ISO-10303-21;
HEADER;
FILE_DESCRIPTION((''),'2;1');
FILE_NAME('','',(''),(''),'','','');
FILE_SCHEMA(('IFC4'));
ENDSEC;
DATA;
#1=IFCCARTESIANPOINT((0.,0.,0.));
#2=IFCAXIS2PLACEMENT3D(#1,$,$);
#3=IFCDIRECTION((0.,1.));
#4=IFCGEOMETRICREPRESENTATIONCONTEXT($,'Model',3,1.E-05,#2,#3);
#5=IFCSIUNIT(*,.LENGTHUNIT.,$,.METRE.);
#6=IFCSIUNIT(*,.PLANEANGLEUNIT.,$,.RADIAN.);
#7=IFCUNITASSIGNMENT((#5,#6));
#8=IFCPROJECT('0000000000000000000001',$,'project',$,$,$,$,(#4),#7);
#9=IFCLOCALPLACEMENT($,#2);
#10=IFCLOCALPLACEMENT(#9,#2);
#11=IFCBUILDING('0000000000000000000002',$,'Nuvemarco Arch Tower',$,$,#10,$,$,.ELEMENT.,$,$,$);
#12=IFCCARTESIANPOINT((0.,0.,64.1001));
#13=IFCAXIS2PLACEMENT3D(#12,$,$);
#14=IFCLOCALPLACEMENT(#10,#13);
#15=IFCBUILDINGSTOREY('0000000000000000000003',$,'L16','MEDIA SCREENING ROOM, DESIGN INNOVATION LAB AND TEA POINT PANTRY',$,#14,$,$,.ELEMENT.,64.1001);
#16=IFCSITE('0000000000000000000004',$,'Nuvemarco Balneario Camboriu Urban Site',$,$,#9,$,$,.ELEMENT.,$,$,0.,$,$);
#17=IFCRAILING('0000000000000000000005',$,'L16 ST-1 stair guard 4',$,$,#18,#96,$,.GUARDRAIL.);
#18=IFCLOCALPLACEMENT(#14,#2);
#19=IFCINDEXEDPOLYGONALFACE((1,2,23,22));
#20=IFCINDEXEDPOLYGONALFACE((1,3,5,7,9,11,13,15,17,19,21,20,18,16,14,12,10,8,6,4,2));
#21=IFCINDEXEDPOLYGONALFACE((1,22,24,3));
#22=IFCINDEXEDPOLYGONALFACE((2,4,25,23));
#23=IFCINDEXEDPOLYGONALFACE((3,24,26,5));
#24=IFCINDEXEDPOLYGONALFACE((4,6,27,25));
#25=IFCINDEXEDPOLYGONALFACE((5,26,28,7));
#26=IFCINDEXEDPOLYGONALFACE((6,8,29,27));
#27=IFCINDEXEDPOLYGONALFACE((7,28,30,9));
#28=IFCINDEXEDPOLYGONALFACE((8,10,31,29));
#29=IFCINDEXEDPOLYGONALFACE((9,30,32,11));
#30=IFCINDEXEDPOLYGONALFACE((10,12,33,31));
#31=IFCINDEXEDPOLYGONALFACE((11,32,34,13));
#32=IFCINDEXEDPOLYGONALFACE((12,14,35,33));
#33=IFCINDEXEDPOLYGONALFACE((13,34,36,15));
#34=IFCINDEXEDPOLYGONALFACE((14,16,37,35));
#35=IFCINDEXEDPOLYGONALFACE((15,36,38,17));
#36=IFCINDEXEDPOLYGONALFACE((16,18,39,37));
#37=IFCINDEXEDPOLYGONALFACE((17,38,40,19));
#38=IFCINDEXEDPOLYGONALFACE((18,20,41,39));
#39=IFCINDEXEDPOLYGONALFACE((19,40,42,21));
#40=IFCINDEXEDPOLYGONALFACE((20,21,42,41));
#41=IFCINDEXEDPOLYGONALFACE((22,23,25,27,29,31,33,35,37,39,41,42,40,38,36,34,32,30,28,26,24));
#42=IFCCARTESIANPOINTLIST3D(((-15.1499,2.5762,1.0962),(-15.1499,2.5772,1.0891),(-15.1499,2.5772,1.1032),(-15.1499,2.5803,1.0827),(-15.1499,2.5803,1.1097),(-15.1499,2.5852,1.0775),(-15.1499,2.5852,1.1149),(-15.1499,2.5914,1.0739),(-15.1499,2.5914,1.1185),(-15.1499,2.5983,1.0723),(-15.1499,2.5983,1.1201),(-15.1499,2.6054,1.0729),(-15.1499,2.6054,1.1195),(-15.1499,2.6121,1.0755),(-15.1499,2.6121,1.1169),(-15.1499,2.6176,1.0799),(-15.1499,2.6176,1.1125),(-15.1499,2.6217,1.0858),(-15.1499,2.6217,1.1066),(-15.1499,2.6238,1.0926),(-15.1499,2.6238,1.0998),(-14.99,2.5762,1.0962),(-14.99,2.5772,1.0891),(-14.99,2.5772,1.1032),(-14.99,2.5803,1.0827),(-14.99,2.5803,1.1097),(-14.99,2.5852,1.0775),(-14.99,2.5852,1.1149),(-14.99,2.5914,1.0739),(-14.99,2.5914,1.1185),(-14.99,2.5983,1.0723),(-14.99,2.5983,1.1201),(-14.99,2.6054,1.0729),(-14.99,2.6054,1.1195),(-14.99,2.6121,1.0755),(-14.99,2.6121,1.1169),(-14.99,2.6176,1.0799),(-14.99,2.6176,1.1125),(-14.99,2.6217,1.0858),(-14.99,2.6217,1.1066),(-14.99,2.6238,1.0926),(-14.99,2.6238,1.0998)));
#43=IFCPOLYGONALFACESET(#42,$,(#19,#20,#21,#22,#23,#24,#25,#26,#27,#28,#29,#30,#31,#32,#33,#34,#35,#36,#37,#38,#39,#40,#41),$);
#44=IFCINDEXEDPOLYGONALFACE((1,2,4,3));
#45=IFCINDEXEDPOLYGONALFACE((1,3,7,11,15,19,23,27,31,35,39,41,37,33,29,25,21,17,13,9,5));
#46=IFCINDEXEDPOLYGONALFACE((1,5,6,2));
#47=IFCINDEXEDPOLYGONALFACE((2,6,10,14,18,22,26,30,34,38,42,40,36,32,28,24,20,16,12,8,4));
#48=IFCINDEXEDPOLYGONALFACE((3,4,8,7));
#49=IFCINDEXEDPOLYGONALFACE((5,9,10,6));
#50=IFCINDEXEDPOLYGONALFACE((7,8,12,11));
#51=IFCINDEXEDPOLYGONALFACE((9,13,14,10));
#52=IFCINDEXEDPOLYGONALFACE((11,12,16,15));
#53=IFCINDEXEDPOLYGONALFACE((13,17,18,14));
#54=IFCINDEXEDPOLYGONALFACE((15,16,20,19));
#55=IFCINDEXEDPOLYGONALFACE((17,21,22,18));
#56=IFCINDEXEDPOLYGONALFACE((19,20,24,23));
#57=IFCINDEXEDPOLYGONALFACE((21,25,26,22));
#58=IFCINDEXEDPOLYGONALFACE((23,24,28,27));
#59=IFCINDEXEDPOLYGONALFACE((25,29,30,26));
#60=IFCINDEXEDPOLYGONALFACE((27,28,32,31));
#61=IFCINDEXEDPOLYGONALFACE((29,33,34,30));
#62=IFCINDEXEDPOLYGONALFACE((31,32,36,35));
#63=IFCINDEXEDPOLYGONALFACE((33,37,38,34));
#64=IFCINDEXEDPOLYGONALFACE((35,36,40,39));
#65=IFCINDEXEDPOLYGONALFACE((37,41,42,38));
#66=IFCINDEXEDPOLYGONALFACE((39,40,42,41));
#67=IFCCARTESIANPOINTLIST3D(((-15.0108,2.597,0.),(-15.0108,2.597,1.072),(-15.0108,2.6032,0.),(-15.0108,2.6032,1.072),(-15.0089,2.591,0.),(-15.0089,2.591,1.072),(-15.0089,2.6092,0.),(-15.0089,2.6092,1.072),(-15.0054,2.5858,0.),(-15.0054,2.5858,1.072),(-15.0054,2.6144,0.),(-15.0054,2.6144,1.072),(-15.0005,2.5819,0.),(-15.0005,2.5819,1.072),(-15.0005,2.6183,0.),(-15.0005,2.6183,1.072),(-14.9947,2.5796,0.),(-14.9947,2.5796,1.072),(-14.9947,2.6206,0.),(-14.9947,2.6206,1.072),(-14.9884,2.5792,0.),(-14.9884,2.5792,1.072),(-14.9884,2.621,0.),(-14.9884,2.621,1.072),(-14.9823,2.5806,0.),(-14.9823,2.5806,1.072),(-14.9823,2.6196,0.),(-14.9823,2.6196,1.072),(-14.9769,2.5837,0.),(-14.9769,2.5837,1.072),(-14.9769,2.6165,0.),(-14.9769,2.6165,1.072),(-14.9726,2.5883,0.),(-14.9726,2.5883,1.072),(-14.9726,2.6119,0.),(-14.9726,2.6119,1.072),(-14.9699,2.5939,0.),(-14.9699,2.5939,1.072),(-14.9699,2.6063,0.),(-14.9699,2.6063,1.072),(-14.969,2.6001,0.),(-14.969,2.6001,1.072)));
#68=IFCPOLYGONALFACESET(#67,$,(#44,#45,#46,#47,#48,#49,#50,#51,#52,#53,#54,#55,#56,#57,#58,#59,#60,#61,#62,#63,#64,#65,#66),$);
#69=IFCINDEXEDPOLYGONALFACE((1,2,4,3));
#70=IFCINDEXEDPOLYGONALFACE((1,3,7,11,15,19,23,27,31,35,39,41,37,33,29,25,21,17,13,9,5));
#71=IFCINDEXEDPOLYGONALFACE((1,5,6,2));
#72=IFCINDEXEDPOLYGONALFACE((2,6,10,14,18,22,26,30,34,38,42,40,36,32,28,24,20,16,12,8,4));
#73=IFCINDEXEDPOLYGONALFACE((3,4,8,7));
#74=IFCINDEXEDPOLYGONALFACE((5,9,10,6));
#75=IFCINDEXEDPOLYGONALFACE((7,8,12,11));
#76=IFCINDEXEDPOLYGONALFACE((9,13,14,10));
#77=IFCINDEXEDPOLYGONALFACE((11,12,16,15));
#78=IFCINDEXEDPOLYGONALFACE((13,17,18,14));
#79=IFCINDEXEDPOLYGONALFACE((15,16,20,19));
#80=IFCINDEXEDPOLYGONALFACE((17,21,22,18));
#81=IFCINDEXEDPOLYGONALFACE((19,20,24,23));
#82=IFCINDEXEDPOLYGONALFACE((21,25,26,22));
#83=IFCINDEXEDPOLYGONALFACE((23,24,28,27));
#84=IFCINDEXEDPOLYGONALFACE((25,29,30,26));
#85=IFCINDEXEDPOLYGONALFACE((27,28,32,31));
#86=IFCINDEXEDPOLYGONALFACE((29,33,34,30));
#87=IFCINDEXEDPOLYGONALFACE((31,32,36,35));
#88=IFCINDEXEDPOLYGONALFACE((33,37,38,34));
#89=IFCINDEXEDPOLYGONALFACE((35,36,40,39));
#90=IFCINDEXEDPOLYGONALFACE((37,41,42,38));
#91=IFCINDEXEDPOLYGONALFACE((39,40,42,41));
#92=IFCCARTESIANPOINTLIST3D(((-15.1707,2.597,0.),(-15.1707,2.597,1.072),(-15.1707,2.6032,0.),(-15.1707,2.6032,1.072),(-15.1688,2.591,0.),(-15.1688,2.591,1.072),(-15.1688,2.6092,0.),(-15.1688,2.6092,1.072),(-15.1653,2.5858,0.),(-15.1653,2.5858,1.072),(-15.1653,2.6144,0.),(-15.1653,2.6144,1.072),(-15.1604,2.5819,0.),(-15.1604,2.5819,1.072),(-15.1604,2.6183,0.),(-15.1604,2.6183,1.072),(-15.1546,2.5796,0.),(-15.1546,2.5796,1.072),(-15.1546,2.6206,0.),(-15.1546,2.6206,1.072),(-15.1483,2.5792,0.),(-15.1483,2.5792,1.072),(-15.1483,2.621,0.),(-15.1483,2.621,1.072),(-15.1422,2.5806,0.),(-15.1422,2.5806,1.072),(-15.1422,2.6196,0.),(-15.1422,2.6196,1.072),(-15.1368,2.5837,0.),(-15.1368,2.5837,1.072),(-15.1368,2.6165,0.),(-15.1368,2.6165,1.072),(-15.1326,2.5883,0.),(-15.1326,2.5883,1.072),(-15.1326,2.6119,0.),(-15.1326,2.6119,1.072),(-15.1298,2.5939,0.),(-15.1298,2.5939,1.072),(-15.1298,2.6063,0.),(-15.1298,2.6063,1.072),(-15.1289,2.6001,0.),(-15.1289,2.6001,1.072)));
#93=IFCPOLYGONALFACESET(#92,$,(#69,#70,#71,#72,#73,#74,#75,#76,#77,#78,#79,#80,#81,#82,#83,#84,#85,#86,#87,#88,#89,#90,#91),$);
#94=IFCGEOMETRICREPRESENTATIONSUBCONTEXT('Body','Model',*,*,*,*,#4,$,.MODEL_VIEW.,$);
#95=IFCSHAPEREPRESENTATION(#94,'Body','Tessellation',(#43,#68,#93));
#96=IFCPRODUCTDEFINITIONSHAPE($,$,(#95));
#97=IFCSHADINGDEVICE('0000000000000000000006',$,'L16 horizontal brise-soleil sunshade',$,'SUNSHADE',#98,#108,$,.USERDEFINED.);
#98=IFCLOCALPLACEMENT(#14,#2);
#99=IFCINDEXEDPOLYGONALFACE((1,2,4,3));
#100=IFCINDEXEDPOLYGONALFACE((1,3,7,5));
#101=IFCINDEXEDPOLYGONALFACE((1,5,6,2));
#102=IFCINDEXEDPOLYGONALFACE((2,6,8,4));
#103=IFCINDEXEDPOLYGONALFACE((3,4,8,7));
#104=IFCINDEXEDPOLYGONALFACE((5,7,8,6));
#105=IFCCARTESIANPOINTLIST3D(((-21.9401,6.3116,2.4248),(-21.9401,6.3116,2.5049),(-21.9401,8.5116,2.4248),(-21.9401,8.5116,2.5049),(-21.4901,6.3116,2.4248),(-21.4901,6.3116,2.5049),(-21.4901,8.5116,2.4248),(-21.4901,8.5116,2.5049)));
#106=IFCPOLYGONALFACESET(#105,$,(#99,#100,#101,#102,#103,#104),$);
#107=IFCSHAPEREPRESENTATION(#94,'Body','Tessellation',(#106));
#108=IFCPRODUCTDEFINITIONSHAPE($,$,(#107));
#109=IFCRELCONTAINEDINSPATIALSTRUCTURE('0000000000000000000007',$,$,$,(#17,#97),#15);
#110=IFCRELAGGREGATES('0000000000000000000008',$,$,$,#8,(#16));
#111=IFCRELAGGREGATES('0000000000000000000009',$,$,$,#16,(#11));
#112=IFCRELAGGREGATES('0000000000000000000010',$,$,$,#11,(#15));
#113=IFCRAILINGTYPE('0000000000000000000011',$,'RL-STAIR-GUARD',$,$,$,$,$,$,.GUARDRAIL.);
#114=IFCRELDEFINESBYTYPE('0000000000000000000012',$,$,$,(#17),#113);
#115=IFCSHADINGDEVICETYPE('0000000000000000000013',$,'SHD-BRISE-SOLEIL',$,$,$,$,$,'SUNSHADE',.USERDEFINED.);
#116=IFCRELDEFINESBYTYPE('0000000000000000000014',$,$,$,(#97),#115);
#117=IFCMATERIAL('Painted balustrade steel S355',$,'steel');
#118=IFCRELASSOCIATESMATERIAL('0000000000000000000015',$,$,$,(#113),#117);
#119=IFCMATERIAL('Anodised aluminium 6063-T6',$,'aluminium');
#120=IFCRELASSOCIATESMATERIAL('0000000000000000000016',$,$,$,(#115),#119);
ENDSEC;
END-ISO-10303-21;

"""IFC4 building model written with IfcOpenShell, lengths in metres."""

from ifc_helpers import new_model, si_unit, direction, frame, origin, origin_2d, place, context, subcontext, project, spatial, rectangle, circle, extrude, source, transform, mapped, material, type_object, type_shapes, element, save


model = new_model("IFC4")

# Units and contexts
model_context = context("Model", 3, precision=1e-05, world=origin(), true_north=direction((0.0, 1.0)))
body_context = subcontext(model_context, "Body", "Model", "MODEL_VIEW")
ifc_project = project(units=[si_unit("LENGTHUNIT", "METRE"), si_unit("PLANEANGLEUNIT", "RADIAN")], contexts=[model_context])

# Site, building, storey
site_placement = place(None, origin())
site = spatial("IfcSite", under=ifc_project, at=site_placement, Name="Nuvemarco Balneario Camboriu Urban Site", CompositionType="ELEMENT", RefElevation=0.0)
building_placement = place(site_placement, origin())
building = spatial("IfcBuilding", under=site, at=building_placement, Name="Nuvemarco Arch Tower", CompositionType="ELEMENT")
storey_placement = place(building_placement, frame((0.0, 0.0, 64.1001)))
storey = spatial("IfcBuildingStorey", under=building, at=storey_placement, Name="L16", Description="MEDIA SCREENING ROOM, DESIGN INNOVATION LAB AND TEA POINT PANTRY", CompositionType="ELEMENT", Elevation=64.1001)

# Railing
ifc_material_1 = material(Name="Painted balustrade steel S355", Category="steel")
railing_type_1 = type_object("IfcRailingType", Name="RL-STAIR-GUARD", PredefinedType="GUARDRAIL", material=ifc_material_1)
railing_1_placement = place(storey_placement, frame((-14.99, 2.6001, 0.0)))
element("IfcRailing", 1, at=railing_1_placement, inside=storey, type_object=railing_type_1, Name="L16 ST-1 stair guard 4", PredefinedType="GUARDRAIL", context=body_context, shape_type="SweptSolid", body=[
    extrude(circle(Radius=0.0239, at=origin_2d()), frame((0.0, 0.0, 1.0962), z_axis=(-1.0, 0.0, 0.0), x_axis=(0.0, -1.0, 0.0)), (0.0, 0.0, 1.0), 0.1599),
    extrude(circle(Radius=0.021, at=origin_2d()), origin(), (0.0, 0.0, 1.0), 1.072),
    extrude(circle(Radius=0.021, at=origin_2d()), frame((-0.1599, 0.0, 0.0)), (0.0, 0.0, 1.0), 1.072),
])

# Shading device
ifc_material_2 = material(Name="Anodised aluminium 6063-T6", Category="aluminium")
shading_device_type = type_object("IfcShadingDeviceType", Name="SHD-BRISE-SOLEIL", ElementType="SUNSHADE", PredefinedType="USERDEFINED", material=ifc_material_2)
shared_shape = source(origin(), body_context, "Body", "SweptSolid", [
    extrude(rectangle(XDim=2.2, YDim=0.45, at=origin_2d()), origin(), (0.0, 0.0, 1.0), 0.0801),
])
type_shapes(shading_device_type, [shared_shape])
shading_device_placement = place(storey_placement, frame((-21.7151, 7.4116, 2.4248), z_axis=(0.0, 0.0, 1.0), x_axis=(0.0, 1.0, 0.0)))
element("IfcShadingDevice", 2, at=shading_device_placement, inside=storey, type_object=shading_device_type, Name="L16 horizontal brise-soleil sunshade", ObjectType="SUNSHADE", PredefinedType="USERDEFINED", context=body_context, shape_type="MappedRepresentation", body=[
    mapped(shared_shape, transform((0.0, 0.0, 0.0), scale=1.0)),
])

save(model, "model.ifc")
